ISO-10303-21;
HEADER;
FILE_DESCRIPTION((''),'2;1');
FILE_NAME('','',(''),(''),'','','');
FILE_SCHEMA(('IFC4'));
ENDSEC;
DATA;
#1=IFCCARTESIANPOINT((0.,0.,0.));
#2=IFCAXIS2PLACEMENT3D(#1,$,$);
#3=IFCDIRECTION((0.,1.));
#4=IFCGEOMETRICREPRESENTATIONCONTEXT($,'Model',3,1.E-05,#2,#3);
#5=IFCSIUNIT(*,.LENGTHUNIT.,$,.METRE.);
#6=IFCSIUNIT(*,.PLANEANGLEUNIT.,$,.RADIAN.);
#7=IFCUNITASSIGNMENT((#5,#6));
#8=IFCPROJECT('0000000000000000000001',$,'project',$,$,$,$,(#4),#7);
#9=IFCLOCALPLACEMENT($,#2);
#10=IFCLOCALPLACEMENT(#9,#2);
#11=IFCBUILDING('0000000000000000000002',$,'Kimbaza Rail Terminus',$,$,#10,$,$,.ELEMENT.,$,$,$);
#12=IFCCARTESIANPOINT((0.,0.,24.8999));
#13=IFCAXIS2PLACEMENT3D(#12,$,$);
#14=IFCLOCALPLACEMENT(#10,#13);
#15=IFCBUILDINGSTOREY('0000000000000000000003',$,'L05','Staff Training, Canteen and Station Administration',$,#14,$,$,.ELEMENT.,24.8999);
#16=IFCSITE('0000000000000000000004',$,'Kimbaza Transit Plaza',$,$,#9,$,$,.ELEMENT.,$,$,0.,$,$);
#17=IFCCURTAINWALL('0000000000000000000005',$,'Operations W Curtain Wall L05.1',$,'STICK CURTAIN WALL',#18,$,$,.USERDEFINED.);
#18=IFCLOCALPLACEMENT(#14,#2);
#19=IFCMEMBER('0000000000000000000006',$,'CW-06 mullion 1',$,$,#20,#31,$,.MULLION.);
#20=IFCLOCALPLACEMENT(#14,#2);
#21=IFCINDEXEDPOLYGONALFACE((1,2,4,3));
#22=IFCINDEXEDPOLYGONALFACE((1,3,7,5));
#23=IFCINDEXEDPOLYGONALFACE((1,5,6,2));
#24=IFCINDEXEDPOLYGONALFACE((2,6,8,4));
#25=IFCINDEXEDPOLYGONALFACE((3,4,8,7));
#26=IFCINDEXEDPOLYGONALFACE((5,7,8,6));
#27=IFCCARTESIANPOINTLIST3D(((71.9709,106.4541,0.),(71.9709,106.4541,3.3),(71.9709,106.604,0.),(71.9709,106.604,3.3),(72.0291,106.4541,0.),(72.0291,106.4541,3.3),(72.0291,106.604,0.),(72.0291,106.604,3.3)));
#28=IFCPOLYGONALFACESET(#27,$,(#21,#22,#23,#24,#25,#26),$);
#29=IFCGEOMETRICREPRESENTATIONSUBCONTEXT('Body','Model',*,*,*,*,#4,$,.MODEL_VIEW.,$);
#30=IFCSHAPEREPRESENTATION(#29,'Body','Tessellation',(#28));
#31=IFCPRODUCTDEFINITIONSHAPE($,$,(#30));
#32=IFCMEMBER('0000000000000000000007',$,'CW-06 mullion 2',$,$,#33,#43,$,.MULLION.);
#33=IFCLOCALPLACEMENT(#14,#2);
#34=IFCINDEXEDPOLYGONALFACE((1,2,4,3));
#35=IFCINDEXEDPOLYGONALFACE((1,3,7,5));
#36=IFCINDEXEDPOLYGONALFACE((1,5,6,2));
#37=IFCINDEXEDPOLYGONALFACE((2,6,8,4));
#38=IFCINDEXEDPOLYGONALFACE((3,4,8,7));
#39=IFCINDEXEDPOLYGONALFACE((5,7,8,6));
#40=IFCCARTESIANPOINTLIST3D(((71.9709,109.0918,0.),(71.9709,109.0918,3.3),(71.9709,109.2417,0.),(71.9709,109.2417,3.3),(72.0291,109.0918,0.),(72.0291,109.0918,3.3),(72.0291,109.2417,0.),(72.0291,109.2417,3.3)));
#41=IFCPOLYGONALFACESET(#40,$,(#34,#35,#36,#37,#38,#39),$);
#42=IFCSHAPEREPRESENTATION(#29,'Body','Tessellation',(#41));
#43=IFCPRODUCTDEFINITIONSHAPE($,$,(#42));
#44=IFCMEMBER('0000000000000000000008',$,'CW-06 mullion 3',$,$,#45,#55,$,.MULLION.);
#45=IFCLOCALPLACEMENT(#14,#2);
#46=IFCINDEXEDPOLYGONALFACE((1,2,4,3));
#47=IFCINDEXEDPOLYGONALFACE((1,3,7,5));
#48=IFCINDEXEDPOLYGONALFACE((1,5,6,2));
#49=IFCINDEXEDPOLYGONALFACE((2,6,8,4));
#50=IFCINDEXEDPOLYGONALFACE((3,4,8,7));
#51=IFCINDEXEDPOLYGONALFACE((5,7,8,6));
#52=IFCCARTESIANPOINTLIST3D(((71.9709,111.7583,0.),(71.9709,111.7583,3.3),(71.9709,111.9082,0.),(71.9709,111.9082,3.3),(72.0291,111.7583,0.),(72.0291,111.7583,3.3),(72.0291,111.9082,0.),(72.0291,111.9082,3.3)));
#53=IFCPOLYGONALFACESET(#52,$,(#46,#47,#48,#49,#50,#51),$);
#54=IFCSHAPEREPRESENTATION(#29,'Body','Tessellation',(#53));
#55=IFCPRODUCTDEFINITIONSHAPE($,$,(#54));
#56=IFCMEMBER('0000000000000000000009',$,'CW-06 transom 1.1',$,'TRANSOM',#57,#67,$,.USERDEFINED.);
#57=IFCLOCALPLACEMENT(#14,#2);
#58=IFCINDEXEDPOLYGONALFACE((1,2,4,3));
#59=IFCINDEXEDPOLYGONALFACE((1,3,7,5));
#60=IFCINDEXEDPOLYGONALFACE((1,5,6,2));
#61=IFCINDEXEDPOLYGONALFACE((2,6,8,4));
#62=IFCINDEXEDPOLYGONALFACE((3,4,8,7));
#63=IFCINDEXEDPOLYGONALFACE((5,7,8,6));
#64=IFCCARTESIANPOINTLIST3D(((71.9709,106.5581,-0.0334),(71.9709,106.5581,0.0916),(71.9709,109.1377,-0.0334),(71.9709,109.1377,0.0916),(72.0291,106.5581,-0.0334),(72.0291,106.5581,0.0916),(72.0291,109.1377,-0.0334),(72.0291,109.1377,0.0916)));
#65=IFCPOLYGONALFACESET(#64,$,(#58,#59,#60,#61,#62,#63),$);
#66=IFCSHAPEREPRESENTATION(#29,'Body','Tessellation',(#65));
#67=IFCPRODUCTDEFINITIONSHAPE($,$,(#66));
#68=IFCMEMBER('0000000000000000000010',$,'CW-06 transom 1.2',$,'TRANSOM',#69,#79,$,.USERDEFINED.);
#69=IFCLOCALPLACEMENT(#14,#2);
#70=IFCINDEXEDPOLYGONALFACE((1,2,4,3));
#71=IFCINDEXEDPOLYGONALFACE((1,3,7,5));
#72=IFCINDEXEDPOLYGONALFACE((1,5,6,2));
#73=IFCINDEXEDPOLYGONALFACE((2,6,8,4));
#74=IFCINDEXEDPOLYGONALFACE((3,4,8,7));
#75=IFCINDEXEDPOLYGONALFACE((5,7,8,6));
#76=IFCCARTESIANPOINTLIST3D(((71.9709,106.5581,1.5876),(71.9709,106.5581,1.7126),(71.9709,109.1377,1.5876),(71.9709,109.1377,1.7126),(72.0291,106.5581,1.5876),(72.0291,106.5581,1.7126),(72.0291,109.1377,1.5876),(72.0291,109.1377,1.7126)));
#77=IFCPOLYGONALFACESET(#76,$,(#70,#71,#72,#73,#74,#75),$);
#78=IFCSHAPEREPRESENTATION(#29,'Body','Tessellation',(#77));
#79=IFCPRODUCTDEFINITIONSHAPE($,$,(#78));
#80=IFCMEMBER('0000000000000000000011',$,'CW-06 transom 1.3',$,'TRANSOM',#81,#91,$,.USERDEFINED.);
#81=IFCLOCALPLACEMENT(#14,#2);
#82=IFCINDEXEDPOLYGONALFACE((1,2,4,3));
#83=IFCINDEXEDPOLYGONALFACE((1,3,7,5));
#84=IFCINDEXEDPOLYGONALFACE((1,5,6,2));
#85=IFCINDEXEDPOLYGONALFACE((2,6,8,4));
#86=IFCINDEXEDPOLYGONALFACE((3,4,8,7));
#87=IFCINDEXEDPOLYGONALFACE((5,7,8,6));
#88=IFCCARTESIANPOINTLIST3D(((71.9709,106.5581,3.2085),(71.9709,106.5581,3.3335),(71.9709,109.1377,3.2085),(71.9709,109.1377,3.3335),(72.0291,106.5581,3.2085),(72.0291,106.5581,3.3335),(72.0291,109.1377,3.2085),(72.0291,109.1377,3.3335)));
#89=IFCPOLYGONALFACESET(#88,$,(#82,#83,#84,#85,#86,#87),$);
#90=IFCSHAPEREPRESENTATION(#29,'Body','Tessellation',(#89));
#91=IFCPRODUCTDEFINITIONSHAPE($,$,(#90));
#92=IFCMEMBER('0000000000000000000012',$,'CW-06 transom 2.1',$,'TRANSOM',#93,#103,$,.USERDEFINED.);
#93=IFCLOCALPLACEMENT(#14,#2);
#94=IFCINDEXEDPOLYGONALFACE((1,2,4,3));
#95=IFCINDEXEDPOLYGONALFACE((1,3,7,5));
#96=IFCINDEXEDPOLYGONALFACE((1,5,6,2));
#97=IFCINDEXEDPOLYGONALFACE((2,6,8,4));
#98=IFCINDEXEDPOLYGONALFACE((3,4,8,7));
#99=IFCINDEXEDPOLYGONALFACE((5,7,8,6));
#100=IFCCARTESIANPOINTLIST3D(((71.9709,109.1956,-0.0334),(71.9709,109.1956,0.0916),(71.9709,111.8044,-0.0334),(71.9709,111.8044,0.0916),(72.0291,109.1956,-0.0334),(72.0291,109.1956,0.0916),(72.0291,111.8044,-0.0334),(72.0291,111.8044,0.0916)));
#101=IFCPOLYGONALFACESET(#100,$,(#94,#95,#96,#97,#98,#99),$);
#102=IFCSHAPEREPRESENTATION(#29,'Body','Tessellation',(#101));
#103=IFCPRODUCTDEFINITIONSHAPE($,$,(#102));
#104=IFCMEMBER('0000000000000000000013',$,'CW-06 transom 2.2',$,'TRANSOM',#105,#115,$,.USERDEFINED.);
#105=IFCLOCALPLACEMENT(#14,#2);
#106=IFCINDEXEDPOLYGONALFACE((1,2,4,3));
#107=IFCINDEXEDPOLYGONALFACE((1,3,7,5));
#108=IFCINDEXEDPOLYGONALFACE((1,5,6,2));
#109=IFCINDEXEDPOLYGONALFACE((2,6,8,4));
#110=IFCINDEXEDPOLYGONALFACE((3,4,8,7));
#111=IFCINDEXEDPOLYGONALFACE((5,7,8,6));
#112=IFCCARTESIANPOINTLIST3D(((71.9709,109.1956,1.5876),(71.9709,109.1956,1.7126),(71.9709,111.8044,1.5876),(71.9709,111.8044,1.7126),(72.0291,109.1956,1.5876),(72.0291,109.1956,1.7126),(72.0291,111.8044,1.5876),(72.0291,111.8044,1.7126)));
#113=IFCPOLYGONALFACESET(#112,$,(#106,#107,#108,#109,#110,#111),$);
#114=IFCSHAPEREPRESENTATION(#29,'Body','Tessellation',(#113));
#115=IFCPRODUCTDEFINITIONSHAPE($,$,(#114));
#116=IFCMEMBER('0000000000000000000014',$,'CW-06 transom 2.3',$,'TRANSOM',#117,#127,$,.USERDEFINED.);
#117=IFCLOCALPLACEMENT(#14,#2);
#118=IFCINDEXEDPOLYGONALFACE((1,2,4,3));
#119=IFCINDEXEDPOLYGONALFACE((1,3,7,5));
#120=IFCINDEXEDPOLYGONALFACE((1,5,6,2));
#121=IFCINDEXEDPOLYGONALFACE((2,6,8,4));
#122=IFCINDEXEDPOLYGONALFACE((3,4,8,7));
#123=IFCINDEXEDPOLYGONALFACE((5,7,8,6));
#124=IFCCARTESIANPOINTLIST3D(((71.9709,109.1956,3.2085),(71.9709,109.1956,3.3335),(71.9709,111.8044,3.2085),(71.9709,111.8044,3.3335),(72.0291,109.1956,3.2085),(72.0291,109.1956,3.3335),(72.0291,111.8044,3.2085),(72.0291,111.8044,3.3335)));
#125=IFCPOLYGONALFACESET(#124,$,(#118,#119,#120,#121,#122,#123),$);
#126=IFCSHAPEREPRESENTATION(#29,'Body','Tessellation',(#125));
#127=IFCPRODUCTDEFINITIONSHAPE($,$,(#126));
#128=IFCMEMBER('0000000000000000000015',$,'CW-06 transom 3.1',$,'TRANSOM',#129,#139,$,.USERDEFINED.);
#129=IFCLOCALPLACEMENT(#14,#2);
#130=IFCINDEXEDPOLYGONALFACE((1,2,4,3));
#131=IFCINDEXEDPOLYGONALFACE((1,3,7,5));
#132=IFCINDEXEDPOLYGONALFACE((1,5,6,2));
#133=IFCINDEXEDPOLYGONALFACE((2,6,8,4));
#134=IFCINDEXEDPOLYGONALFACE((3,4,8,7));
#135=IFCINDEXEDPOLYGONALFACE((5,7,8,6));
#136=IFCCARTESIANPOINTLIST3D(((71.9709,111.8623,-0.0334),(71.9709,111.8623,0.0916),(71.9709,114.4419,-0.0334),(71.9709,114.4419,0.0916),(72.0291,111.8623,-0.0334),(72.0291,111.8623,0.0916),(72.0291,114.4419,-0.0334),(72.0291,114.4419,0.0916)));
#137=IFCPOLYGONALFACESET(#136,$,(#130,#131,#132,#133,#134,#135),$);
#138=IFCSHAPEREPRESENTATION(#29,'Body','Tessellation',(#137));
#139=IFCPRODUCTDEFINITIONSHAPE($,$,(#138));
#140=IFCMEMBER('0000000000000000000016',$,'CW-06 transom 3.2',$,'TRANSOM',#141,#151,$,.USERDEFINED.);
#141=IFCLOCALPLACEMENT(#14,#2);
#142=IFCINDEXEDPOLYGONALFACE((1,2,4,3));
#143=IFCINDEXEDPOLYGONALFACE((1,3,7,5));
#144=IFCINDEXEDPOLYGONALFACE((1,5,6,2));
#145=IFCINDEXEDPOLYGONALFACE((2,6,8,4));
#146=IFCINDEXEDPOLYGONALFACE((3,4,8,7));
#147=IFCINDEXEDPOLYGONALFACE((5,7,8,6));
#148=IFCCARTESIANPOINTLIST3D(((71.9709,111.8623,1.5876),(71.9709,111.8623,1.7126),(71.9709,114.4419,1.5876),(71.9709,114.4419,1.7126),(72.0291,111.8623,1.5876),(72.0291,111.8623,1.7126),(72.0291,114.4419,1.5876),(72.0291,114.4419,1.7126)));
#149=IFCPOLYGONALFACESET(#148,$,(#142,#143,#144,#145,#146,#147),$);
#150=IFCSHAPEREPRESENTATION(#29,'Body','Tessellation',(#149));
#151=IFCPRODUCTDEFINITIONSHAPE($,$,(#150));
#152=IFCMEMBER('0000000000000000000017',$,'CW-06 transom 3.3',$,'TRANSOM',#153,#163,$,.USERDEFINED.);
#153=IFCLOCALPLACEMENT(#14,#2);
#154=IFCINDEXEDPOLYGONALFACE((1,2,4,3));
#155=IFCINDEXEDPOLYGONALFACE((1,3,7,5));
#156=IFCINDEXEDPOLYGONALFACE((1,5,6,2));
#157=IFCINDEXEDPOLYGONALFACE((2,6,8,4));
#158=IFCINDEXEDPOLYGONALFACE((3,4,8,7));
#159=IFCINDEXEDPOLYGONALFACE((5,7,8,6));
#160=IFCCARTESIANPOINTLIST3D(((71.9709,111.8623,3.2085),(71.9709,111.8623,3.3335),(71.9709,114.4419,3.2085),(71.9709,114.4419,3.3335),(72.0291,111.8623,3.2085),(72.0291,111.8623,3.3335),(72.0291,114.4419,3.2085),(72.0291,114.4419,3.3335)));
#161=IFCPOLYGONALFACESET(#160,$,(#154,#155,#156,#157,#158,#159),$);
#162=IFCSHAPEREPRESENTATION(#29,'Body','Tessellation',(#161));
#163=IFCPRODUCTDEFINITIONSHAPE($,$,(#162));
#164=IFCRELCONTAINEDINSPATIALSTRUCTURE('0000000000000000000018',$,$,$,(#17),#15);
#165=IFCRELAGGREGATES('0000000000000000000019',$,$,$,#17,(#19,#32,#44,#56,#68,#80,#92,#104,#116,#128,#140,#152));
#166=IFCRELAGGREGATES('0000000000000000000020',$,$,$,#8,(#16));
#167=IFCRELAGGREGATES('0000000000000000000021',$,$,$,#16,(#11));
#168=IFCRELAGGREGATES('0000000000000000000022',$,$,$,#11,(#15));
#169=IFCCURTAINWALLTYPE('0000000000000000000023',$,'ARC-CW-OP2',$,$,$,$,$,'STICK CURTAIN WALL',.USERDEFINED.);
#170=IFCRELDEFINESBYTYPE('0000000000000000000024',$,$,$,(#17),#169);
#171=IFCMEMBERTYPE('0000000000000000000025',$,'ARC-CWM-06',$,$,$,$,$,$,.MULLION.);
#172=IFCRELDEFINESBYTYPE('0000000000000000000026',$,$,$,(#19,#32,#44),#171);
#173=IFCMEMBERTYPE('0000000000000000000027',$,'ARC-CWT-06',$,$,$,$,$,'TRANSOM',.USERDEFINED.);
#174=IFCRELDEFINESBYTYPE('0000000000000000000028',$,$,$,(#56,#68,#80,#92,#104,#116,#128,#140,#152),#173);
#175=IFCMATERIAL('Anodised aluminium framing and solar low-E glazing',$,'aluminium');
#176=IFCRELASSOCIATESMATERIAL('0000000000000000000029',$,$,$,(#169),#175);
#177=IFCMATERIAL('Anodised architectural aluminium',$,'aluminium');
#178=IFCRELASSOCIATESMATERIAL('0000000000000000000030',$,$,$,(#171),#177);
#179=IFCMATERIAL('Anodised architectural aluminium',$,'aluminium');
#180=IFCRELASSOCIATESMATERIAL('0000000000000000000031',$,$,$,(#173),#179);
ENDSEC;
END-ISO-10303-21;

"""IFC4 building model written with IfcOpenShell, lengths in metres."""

from ifc_helpers import new_model, si_unit, direction, frame, origin, origin_2d, place, context, subcontext, project, spatial, rectangle, extrude, material, material_profile, profile_set, type_object, element, aggregate, save


model = new_model("IFC4")

# Units and contexts
model_context = context("Model", 3, precision=1e-05, world=origin(), true_north=direction((0.0, 1.0)))
body_context = subcontext(model_context, "Body", "Model", "MODEL_VIEW")
ifc_project = project(units=[si_unit("LENGTHUNIT", "METRE"), si_unit("PLANEANGLEUNIT", "RADIAN")], contexts=[model_context])

# Site, building, storey
site_placement = place(None, origin())
site = spatial("IfcSite", under=ifc_project, at=site_placement, Name="Kimbaza Transit Plaza", CompositionType="ELEMENT", RefElevation=0.0)
building_placement = place(site_placement, origin())
building = spatial("IfcBuilding", under=site, at=building_placement, Name="Kimbaza Rail Terminus", CompositionType="ELEMENT")
storey_placement = place(building_placement, frame((0.0, 0.0, 24.8999)))
storey = spatial("IfcBuildingStorey", under=building, at=storey_placement, Name="L05", Description="Staff Training, Canteen and Station Administration", CompositionType="ELEMENT", Elevation=24.8999)

# Curtain wall, members
ifc_material_1 = material(Name="Anodised aluminium framing and solar low-E glazing", Category="aluminium")
curtain_wall_type = type_object("IfcCurtainWallType", Name="ARC-CW-OP2", ElementType="STICK CURTAIN WALL", PredefinedType="USERDEFINED", material=ifc_material_1)
curtain_wall_placement = place(storey_placement, origin())
curtain_wall = element("IfcCurtainWall", 1, at=curtain_wall_placement, inside=storey, type_object=curtain_wall_type, Name="Operations W Curtain Wall L05.1", ObjectType="STICK CURTAIN WALL", PredefinedType="USERDEFINED")
ifc_material_2 = material(Name="Anodised architectural aluminium", Category="aluminium")
ifc_material_profile_1 = material_profile(ifc_material_2, rectangle(XDim=0.0581, YDim=0.1499, at=origin_2d()), Name="MULLION 58x150")
ifc_profile_set_1 = profile_set([ifc_material_profile_1], Name="Anodised architectural aluminium")
member_type_1 = type_object("IfcMemberType", Name="ARC-CWM-06", PredefinedType="MULLION", material=ifc_profile_set_1)
member_1_placement = place(storey_placement, frame((72.0, 106.5291, 0.0), z_axis=(0.0, 0.0, 1.0), x_axis=(-1.0, 0.0, 0.0)))
member_1 = element("IfcMember", 2, at=member_1_placement, type_object=member_type_1, Name="CW-06 mullion 1", PredefinedType="MULLION", context=body_context, shape_type="SweptSolid", body=[
    extrude(rectangle(XDim=0.0581, YDim=0.1499, at=origin_2d()), origin(), (0.0, 0.0, 1.0), 3.3),
])
member_2_placement = place(storey_placement, frame((72.0, 109.1667, 0.0), z_axis=(0.0, 0.0, 1.0), x_axis=(-1.0, 0.0, 0.0)))
member_2 = element("IfcMember", 3, at=member_2_placement, type_object=member_type_1, Name="CW-06 mullion 2", PredefinedType="MULLION", context=body_context, shape_type="SweptSolid", body=[
    extrude(rectangle(XDim=0.0581, YDim=0.1499, at=origin_2d()), origin(), (0.0, 0.0, 1.0), 3.3),
])
member_3_placement = place(storey_placement, frame((72.0, 111.8333, 0.0), z_axis=(0.0, 0.0, 1.0), x_axis=(-1.0, 0.0, 0.0)))
member_3 = element("IfcMember", 4, at=member_3_placement, type_object=member_type_1, Name="CW-06 mullion 3", PredefinedType="MULLION", context=body_context, shape_type="SweptSolid", body=[
    extrude(rectangle(XDim=0.0581, YDim=0.1499, at=origin_2d()), origin(), (0.0, 0.0, 1.0), 3.3),
])
ifc_material_3 = material(Name="Anodised architectural aluminium", Category="aluminium")
ifc_material_profile_2 = material_profile(ifc_material_3, rectangle(XDim=0.0581, YDim=0.125, at=origin_2d()), Name="TRANSOM 58x125")
ifc_profile_set_2 = profile_set([ifc_material_profile_2], Name="Anodised architectural aluminium")
member_type_2 = type_object("IfcMemberType", Name="ARC-CWT-06", ElementType="TRANSOM", PredefinedType="USERDEFINED", material=ifc_profile_set_2)
member_4_placement = place(storey_placement, frame((72.0, 106.5581, 0.0291), z_axis=(0.0, 1.0, 0.0), x_axis=(-1.0, 0.0, 0.0)))
member_4 = element("IfcMember", 5, at=member_4_placement, type_object=member_type_2, Name="CW-06 transom 1.1", ObjectType="TRANSOM", PredefinedType="USERDEFINED", context=body_context, shape_type="SweptSolid", body=[
    extrude(rectangle(XDim=0.0581, YDim=0.125, at=origin_2d()), origin(), (0.0, 0.0, 1.0), 2.5796),
])
member_5_placement = place(storey_placement, frame((72.0, 106.5581, 1.6501), z_axis=(0.0, 1.0, 0.0), x_axis=(-1.0, 0.0, 0.0)))
member_5 = element("IfcMember", 6, at=member_5_placement, type_object=member_type_2, Name="CW-06 transom 1.2", ObjectType="TRANSOM", PredefinedType="USERDEFINED", context=body_context, shape_type="SweptSolid", body=[
    extrude(rectangle(XDim=0.0581, YDim=0.125, at=origin_2d()), origin(), (0.0, 0.0, 1.0), 2.5796),
])
member_6_placement = place(storey_placement, frame((72.0, 106.5581, 3.271), z_axis=(0.0, 1.0, 0.0), x_axis=(-1.0, 0.0, 0.0)))
member_6 = element("IfcMember", 7, at=member_6_placement, type_object=member_type_2, Name="CW-06 transom 1.3", ObjectType="TRANSOM", PredefinedType="USERDEFINED", context=body_context, shape_type="SweptSolid", body=[
    extrude(rectangle(XDim=0.0581, YDim=0.125, at=origin_2d()), origin(), (0.0, 0.0, 1.0), 2.5796),
])
member_7_placement = place(storey_placement, frame((72.0, 109.1956, 0.0291), z_axis=(0.0, 1.0, 0.0), x_axis=(-1.0, 0.0, 0.0)))
member_7 = element("IfcMember", 8, at=member_7_placement, type_object=member_type_2, Name="CW-06 transom 2.1", ObjectType="TRANSOM", PredefinedType="USERDEFINED", context=body_context, shape_type="SweptSolid", body=[
    extrude(rectangle(XDim=0.0581, YDim=0.125, at=origin_2d()), origin(), (0.0, 0.0, 1.0), 2.6089),
])
member_8_placement = place(storey_placement, frame((72.0, 109.1956, 1.6501), z_axis=(0.0, 1.0, 0.0), x_axis=(-1.0, 0.0, 0.0)))
member_8 = element("IfcMember", 9, at=member_8_placement, type_object=member_type_2, Name="CW-06 transom 2.2", ObjectType="TRANSOM", PredefinedType="USERDEFINED", context=body_context, shape_type="SweptSolid", body=[
    extrude(rectangle(XDim=0.0581, YDim=0.125, at=origin_2d()), origin(), (0.0, 0.0, 1.0), 2.6089),
])
member_9_placement = place(storey_placement, frame((72.0, 109.1956, 3.271), z_axis=(0.0, 1.0, 0.0), x_axis=(-1.0, 0.0, 0.0)))
member_9 = element("IfcMember", 10, at=member_9_placement, type_object=member_type_2, Name="CW-06 transom 2.3", ObjectType="TRANSOM", PredefinedType="USERDEFINED", context=body_context, shape_type="SweptSolid", body=[
    extrude(rectangle(XDim=0.0581, YDim=0.125, at=origin_2d()), origin(), (0.0, 0.0, 1.0), 2.6089),
])
member_10_placement = place(storey_placement, frame((72.0, 111.8623, 0.0291), z_axis=(0.0, 1.0, 0.0), x_axis=(-1.0, 0.0, 0.0)))
member_10 = element("IfcMember", 11, at=member_10_placement, type_object=member_type_2, Name="CW-06 transom 3.1", ObjectType="TRANSOM", PredefinedType="USERDEFINED", context=body_context, shape_type="SweptSolid", body=[
    extrude(rectangle(XDim=0.0581, YDim=0.125, at=origin_2d()), origin(), (0.0, 0.0, 1.0), 2.5796),
])
member_11_placement = place(storey_placement, frame((72.0, 111.8623, 1.6501), z_axis=(0.0, 1.0, 0.0), x_axis=(-1.0, 0.0, 0.0)))
member_11 = element("IfcMember", 12, at=member_11_placement, type_object=member_type_2, Name="CW-06 transom 3.2", ObjectType="TRANSOM", PredefinedType="USERDEFINED", context=body_context, shape_type="SweptSolid", body=[
    extrude(rectangle(XDim=0.0581, YDim=0.125, at=origin_2d()), origin(), (0.0, 0.0, 1.0), 2.5796),
])
member_12_placement = place(storey_placement, frame((72.0, 111.8623, 3.271), z_axis=(0.0, 1.0, 0.0), x_axis=(-1.0, 0.0, 0.0)))
member_12 = element("IfcMember", 13, at=member_12_placement, type_object=member_type_2, Name="CW-06 transom 3.3", ObjectType="TRANSOM", PredefinedType="USERDEFINED", context=body_context, shape_type="SweptSolid", body=[
    extrude(rectangle(XDim=0.0581, YDim=0.125, at=origin_2d()), origin(), (0.0, 0.0, 1.0), 2.5796),
])

aggregate(curtain_wall, [member_1, member_2, member_3, member_4, member_5, member_6, member_7, member_8, member_9, member_10, member_11, member_12])

save(model, "model.ifc")
